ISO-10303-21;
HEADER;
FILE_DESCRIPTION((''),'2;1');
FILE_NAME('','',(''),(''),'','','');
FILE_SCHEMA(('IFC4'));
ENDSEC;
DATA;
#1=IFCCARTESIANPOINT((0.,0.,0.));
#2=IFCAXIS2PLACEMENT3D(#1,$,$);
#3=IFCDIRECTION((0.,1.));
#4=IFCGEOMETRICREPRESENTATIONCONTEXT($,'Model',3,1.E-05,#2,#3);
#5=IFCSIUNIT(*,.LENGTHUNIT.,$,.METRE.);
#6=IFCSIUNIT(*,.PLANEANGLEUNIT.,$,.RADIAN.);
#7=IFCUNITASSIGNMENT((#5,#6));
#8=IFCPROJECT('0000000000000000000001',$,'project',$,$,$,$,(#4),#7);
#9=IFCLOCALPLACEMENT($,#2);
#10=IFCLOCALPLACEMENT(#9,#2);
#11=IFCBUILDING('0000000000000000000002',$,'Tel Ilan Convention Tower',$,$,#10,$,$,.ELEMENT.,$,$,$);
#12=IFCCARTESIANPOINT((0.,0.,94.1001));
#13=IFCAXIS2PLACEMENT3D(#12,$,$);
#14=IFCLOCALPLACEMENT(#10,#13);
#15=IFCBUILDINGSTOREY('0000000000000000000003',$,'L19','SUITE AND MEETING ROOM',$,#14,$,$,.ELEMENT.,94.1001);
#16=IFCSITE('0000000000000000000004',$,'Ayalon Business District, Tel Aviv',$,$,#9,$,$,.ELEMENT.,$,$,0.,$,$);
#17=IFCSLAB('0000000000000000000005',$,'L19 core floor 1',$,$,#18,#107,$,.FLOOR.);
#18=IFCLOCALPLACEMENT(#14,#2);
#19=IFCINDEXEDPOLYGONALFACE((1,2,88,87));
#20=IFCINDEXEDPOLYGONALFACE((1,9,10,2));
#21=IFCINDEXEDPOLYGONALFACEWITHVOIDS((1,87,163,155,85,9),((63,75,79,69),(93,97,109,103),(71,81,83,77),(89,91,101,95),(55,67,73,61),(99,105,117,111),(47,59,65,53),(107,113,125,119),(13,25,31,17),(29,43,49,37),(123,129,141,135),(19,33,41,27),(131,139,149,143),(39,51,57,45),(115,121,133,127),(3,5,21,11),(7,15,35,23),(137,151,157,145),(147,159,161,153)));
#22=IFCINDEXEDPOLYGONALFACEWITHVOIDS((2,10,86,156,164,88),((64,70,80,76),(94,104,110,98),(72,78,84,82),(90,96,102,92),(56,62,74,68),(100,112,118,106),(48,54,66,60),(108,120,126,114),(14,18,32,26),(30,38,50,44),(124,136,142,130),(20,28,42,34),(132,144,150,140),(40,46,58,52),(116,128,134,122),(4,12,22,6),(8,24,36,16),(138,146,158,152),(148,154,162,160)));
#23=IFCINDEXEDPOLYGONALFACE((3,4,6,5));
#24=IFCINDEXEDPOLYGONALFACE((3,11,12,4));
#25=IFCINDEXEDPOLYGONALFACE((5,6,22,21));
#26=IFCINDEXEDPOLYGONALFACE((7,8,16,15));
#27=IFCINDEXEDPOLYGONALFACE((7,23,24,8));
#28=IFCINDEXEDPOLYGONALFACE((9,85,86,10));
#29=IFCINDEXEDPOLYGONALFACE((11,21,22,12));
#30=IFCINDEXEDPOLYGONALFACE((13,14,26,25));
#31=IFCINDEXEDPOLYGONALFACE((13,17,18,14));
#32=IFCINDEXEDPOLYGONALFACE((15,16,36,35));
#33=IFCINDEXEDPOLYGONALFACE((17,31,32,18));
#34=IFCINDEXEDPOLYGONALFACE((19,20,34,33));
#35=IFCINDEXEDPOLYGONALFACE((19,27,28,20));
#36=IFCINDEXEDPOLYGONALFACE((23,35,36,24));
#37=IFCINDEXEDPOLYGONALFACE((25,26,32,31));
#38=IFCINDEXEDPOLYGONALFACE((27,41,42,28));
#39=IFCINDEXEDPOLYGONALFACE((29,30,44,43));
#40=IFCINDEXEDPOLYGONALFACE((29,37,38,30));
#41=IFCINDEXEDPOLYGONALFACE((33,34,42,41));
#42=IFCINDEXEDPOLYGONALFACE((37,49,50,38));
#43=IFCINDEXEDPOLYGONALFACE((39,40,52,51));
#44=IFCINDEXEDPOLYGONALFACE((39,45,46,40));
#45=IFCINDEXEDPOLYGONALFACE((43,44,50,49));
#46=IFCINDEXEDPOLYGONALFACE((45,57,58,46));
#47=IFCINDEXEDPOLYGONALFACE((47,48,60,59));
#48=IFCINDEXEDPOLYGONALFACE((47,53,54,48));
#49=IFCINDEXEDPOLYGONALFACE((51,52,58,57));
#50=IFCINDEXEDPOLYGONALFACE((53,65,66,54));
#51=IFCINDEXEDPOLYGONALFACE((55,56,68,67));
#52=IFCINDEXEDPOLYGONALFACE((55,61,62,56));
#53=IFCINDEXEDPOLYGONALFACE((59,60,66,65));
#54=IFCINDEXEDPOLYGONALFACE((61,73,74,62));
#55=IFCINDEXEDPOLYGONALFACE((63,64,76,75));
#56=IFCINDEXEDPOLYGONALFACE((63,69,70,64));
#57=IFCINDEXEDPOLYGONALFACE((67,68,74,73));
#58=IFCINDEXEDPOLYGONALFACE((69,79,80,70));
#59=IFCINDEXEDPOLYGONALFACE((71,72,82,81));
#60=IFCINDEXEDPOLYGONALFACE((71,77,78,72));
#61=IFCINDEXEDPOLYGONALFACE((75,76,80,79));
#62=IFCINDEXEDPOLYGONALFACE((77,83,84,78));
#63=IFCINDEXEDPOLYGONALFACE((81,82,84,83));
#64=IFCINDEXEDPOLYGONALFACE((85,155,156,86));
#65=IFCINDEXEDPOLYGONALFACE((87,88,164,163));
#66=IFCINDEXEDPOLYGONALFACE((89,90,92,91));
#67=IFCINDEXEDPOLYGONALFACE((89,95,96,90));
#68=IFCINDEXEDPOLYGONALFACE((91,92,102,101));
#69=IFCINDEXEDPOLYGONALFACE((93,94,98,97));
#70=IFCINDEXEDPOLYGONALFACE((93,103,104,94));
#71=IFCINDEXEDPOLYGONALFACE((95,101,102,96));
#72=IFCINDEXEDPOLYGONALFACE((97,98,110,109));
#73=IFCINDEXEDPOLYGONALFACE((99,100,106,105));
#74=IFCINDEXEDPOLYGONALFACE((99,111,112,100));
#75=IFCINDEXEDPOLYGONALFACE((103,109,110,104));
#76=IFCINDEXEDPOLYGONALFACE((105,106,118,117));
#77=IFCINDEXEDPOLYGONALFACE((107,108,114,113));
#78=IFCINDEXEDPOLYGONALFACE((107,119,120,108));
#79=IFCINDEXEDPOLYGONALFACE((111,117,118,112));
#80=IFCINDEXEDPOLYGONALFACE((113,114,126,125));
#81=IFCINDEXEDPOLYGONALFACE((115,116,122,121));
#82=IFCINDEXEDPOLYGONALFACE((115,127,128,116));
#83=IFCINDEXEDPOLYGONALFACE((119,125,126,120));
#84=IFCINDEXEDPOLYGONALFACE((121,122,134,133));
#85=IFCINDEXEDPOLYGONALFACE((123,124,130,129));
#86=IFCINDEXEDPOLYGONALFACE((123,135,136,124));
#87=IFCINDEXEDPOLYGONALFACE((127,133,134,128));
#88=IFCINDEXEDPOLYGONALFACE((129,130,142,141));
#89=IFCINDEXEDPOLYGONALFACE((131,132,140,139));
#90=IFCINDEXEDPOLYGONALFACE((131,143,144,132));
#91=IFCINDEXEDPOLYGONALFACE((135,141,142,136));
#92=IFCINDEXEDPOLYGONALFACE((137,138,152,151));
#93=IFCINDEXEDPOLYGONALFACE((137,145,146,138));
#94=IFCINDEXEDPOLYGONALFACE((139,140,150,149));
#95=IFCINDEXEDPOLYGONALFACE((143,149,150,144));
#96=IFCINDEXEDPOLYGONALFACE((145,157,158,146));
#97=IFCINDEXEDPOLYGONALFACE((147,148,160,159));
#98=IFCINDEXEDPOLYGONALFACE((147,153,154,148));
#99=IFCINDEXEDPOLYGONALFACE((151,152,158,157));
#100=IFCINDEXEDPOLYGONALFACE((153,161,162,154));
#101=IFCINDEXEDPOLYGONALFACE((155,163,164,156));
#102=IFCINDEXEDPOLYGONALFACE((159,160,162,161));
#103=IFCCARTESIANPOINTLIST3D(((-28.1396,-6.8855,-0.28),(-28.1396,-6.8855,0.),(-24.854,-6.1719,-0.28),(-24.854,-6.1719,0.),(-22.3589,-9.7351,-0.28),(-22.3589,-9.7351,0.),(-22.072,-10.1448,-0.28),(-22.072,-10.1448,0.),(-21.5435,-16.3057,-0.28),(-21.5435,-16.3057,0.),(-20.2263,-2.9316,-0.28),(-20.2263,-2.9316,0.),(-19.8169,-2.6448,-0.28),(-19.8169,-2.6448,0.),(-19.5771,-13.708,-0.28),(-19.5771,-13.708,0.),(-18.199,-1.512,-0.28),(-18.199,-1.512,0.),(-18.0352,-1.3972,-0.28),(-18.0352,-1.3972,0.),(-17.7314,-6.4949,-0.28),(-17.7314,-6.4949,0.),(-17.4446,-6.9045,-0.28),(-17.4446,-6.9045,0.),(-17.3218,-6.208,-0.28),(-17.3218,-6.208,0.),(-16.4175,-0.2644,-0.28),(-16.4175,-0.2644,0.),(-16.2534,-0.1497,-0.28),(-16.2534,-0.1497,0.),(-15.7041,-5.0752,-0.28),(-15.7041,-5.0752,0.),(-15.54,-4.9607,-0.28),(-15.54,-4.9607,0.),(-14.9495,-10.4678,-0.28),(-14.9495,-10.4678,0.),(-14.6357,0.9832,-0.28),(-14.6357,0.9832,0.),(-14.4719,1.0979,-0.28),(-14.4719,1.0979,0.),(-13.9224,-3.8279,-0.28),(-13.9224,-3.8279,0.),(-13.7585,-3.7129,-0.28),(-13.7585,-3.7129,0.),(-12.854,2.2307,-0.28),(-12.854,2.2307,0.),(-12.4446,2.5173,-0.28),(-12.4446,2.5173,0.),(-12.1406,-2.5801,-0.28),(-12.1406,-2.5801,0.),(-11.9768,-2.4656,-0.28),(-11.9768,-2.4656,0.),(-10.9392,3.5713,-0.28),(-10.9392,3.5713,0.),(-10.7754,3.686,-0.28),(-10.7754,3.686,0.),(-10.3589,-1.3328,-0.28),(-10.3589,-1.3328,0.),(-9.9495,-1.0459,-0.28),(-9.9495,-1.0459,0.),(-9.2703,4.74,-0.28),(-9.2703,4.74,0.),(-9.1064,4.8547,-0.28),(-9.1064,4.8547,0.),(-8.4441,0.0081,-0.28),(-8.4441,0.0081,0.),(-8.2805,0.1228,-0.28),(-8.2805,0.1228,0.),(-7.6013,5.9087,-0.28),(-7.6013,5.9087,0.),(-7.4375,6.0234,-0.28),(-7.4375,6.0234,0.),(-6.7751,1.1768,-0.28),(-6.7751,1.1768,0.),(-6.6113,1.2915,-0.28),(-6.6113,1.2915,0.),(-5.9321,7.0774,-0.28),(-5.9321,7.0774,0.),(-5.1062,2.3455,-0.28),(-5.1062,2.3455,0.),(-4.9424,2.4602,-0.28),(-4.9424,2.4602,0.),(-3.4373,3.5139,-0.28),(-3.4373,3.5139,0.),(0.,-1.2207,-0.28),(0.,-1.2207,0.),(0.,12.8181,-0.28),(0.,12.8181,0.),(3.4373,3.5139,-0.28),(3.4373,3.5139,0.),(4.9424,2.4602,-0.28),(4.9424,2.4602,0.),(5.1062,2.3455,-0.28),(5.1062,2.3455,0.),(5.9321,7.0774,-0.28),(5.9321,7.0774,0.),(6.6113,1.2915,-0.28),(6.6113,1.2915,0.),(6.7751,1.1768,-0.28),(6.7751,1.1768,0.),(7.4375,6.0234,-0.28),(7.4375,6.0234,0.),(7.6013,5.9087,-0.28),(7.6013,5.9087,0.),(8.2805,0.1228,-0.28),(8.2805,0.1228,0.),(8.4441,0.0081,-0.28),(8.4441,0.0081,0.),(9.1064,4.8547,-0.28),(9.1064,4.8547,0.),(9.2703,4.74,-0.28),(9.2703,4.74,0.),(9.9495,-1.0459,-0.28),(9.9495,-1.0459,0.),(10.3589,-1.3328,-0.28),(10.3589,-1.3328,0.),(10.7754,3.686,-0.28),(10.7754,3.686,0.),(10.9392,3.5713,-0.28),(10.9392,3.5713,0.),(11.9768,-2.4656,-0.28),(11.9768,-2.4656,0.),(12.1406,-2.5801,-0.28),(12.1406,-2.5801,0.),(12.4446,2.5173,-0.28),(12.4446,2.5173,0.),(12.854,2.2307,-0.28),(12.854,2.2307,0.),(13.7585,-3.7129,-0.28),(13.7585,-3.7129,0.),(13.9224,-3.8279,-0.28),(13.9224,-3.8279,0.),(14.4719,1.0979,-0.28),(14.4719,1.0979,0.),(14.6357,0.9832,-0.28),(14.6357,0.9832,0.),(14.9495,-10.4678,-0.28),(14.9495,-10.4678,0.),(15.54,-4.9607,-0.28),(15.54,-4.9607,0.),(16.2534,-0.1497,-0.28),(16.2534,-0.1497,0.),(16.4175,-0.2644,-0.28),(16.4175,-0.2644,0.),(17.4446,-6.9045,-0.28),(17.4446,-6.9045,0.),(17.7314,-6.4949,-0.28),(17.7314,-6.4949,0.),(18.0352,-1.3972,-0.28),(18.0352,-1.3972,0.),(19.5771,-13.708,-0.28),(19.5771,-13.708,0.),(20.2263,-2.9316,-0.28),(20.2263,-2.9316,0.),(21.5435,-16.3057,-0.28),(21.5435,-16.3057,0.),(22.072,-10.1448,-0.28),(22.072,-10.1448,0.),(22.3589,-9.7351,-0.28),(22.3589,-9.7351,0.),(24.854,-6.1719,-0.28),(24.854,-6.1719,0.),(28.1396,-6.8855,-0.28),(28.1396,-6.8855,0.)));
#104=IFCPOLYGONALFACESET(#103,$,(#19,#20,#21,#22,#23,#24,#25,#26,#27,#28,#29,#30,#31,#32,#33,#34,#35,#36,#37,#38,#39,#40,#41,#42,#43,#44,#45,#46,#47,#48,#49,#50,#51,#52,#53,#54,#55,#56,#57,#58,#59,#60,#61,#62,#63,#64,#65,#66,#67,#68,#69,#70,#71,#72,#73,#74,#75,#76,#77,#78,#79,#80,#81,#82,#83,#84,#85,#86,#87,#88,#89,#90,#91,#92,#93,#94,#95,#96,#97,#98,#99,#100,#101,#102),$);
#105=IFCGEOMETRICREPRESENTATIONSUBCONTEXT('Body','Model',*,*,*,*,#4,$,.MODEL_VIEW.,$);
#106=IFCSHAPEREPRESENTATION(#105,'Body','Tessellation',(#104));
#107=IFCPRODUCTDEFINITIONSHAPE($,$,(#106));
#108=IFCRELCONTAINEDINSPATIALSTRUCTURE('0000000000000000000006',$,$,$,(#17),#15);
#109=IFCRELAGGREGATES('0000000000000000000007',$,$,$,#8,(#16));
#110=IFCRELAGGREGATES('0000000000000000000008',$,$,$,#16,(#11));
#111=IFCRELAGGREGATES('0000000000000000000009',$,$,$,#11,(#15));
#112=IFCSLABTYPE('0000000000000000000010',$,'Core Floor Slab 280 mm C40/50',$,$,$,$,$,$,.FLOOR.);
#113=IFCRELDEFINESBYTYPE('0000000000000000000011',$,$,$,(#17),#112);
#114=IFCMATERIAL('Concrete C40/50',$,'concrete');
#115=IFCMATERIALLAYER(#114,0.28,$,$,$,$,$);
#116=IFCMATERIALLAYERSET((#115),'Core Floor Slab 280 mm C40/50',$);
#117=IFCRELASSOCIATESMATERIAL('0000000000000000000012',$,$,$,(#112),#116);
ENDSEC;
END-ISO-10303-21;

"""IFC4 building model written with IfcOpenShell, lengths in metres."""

from ifc_helpers import new_model, si_unit, direction, frame, origin, place, context, subcontext, project, spatial, polyline, outline, extrude, material, layer, layer_set, type_object, element, save


model = new_model("IFC4")

# Units and contexts
model_context = context("Model", 3, precision=1e-05, world=origin(), true_north=direction((0.0, 1.0)))
body_context = subcontext(model_context, "Body", "Model", "MODEL_VIEW")
ifc_project = project(units=[si_unit("LENGTHUNIT", "METRE"), si_unit("PLANEANGLEUNIT", "RADIAN")], contexts=[model_context])

# Site, building, storey
site_placement = place(None, origin())
site = spatial("IfcSite", under=ifc_project, at=site_placement, Name="Ayalon Business District, Tel Aviv", CompositionType="ELEMENT", RefElevation=0.0)
building_placement = place(site_placement, origin())
building = spatial("IfcBuilding", under=site, at=building_placement, Name="Tel Ilan Convention Tower", CompositionType="ELEMENT")
storey_placement = place(building_placement, frame((0.0, 0.0, 94.1001)))
storey = spatial("IfcBuildingStorey", under=building, at=storey_placement, Name="L19", Description="SUITE AND MEETING ROOM", CompositionType="ELEMENT", Elevation=94.1001)

# Slab
ifc_material_1 = material(Name="Concrete C40/50", Category="concrete")
ifc_layer_1 = layer(ifc_material_1, 0.28)
ifc_layer_set_1 = layer_set([ifc_layer_1], Name="Core Floor Slab 280 mm C40/50")
slab_type_1 = type_object("IfcSlabType", Name="Core Floor Slab 280 mm C40/50", PredefinedType="FLOOR", material=ifc_layer_set_1)
slab_1_placement = place(storey_placement, frame((0.0, 0.0, -0.28)))
element("IfcSlab", 1, at=slab_1_placement, inside=storey, type_object=slab_type_1, Name="L19 core floor 1", PredefinedType="FLOOR", context=body_context, shape_type="SweptSolid", body=[
    extrude(outline(polyline([(-28.1396, -6.8855), (0.0, 12.8181), (28.1396, -6.8855), (21.5435, -16.3057), (0.0, -1.2207), (-21.5435, -16.3057), (-28.1396, -6.8855)]), holes=[polyline([(-14.9495, -10.4678), (-17.4446, -6.9045), (-22.072, -10.1448), (-19.5771, -13.708), (-14.9495, -10.4678)]), polyline([(-17.7314, -6.4949), (-20.2263, -2.9316), (-24.854, -6.1719), (-22.3589, -9.7351), (-17.7314, -6.4949)]), polyline([(-18.199, -1.512), (-19.8169, -2.6448), (-17.3218, -6.208), (-15.7041, -5.0752), (-18.199, -1.512)]), polyline([(-16.4175, -0.2644), (-18.0352, -1.3972), (-15.54, -4.9607), (-13.9224, -3.8279), (-16.4175, -0.2644)]), polyline([(-14.6357, 0.9832), (-16.2534, -0.1497), (-13.7585, -3.7129), (-12.1406, -2.5801), (-14.6357, 0.9832)]), polyline([(-12.854, 2.2307), (-14.4719, 1.0979), (-11.9768, -2.4656), (-10.3589, -1.3328), (-12.854, 2.2307)]), polyline([(-10.9392, 3.5713), (-12.4446, 2.5173), (-9.9495, -1.0459), (-8.4441, 0.0081), (-10.9392, 3.5713)]), polyline([(-6.7751, 1.1768), (-9.2703, 4.74), (-10.7754, 3.686), (-8.2805, 0.1228), (-6.7751, 1.1768)]), polyline([(-5.1062, 2.3455), (-7.6013, 5.9087), (-9.1064, 4.8547), (-6.6113, 1.2915), (-5.1062, 2.3455)]), polyline([(-5.9321, 7.0774), (-7.4375, 6.0234), (-4.9424, 2.4602), (-3.4373, 3.5139), (-5.9321, 7.0774)]), polyline([(17.4446, -6.9045), (14.9495, -10.4678), (19.5771, -13.708), (22.072, -10.1448), (17.4446, -6.9045)]), polyline([(20.2263, -2.9316), (17.7314, -6.4949), (22.3589, -9.7351), (24.854, -6.1719), (20.2263, -2.9316)]), polyline([(13.9224, -3.8279), (15.54, -4.9607), (18.0352, -1.3972), (16.4175, -0.2644), (13.9224, -3.8279)]), polyline([(12.1406, -2.5801), (13.7585, -3.7129), (16.2534, -0.1497), (14.6357, 0.9832), (12.1406, -2.5801)]), polyline([(11.9768, -2.4656), (14.4719, 1.0979), (12.854, 2.2307), (10.3589, -1.3328), (11.9768, -2.4656)]), polyline([(9.9495, -1.0459), (12.4446, 2.5173), (10.9392, 3.5713), (8.4441, 0.0081), (9.9495, -1.0459)]), polyline([(8.2805, 0.1228), (10.7754, 3.686), (9.2703, 4.74), (6.7751, 1.1768), (8.2805, 0.1228)]), polyline([(5.1062, 2.3455), (6.6113, 1.2915), (9.1064, 4.8547), (7.6013, 5.9087), (5.1062, 2.3455)]), polyline([(3.4373, 3.5139), (4.9424, 2.4602), (7.4375, 6.0234), (5.9321, 7.0774), (3.4373, 3.5139)])]), origin(), (0.0, 0.0, 1.0), 0.28),
])

save(model, "model.ifc")
